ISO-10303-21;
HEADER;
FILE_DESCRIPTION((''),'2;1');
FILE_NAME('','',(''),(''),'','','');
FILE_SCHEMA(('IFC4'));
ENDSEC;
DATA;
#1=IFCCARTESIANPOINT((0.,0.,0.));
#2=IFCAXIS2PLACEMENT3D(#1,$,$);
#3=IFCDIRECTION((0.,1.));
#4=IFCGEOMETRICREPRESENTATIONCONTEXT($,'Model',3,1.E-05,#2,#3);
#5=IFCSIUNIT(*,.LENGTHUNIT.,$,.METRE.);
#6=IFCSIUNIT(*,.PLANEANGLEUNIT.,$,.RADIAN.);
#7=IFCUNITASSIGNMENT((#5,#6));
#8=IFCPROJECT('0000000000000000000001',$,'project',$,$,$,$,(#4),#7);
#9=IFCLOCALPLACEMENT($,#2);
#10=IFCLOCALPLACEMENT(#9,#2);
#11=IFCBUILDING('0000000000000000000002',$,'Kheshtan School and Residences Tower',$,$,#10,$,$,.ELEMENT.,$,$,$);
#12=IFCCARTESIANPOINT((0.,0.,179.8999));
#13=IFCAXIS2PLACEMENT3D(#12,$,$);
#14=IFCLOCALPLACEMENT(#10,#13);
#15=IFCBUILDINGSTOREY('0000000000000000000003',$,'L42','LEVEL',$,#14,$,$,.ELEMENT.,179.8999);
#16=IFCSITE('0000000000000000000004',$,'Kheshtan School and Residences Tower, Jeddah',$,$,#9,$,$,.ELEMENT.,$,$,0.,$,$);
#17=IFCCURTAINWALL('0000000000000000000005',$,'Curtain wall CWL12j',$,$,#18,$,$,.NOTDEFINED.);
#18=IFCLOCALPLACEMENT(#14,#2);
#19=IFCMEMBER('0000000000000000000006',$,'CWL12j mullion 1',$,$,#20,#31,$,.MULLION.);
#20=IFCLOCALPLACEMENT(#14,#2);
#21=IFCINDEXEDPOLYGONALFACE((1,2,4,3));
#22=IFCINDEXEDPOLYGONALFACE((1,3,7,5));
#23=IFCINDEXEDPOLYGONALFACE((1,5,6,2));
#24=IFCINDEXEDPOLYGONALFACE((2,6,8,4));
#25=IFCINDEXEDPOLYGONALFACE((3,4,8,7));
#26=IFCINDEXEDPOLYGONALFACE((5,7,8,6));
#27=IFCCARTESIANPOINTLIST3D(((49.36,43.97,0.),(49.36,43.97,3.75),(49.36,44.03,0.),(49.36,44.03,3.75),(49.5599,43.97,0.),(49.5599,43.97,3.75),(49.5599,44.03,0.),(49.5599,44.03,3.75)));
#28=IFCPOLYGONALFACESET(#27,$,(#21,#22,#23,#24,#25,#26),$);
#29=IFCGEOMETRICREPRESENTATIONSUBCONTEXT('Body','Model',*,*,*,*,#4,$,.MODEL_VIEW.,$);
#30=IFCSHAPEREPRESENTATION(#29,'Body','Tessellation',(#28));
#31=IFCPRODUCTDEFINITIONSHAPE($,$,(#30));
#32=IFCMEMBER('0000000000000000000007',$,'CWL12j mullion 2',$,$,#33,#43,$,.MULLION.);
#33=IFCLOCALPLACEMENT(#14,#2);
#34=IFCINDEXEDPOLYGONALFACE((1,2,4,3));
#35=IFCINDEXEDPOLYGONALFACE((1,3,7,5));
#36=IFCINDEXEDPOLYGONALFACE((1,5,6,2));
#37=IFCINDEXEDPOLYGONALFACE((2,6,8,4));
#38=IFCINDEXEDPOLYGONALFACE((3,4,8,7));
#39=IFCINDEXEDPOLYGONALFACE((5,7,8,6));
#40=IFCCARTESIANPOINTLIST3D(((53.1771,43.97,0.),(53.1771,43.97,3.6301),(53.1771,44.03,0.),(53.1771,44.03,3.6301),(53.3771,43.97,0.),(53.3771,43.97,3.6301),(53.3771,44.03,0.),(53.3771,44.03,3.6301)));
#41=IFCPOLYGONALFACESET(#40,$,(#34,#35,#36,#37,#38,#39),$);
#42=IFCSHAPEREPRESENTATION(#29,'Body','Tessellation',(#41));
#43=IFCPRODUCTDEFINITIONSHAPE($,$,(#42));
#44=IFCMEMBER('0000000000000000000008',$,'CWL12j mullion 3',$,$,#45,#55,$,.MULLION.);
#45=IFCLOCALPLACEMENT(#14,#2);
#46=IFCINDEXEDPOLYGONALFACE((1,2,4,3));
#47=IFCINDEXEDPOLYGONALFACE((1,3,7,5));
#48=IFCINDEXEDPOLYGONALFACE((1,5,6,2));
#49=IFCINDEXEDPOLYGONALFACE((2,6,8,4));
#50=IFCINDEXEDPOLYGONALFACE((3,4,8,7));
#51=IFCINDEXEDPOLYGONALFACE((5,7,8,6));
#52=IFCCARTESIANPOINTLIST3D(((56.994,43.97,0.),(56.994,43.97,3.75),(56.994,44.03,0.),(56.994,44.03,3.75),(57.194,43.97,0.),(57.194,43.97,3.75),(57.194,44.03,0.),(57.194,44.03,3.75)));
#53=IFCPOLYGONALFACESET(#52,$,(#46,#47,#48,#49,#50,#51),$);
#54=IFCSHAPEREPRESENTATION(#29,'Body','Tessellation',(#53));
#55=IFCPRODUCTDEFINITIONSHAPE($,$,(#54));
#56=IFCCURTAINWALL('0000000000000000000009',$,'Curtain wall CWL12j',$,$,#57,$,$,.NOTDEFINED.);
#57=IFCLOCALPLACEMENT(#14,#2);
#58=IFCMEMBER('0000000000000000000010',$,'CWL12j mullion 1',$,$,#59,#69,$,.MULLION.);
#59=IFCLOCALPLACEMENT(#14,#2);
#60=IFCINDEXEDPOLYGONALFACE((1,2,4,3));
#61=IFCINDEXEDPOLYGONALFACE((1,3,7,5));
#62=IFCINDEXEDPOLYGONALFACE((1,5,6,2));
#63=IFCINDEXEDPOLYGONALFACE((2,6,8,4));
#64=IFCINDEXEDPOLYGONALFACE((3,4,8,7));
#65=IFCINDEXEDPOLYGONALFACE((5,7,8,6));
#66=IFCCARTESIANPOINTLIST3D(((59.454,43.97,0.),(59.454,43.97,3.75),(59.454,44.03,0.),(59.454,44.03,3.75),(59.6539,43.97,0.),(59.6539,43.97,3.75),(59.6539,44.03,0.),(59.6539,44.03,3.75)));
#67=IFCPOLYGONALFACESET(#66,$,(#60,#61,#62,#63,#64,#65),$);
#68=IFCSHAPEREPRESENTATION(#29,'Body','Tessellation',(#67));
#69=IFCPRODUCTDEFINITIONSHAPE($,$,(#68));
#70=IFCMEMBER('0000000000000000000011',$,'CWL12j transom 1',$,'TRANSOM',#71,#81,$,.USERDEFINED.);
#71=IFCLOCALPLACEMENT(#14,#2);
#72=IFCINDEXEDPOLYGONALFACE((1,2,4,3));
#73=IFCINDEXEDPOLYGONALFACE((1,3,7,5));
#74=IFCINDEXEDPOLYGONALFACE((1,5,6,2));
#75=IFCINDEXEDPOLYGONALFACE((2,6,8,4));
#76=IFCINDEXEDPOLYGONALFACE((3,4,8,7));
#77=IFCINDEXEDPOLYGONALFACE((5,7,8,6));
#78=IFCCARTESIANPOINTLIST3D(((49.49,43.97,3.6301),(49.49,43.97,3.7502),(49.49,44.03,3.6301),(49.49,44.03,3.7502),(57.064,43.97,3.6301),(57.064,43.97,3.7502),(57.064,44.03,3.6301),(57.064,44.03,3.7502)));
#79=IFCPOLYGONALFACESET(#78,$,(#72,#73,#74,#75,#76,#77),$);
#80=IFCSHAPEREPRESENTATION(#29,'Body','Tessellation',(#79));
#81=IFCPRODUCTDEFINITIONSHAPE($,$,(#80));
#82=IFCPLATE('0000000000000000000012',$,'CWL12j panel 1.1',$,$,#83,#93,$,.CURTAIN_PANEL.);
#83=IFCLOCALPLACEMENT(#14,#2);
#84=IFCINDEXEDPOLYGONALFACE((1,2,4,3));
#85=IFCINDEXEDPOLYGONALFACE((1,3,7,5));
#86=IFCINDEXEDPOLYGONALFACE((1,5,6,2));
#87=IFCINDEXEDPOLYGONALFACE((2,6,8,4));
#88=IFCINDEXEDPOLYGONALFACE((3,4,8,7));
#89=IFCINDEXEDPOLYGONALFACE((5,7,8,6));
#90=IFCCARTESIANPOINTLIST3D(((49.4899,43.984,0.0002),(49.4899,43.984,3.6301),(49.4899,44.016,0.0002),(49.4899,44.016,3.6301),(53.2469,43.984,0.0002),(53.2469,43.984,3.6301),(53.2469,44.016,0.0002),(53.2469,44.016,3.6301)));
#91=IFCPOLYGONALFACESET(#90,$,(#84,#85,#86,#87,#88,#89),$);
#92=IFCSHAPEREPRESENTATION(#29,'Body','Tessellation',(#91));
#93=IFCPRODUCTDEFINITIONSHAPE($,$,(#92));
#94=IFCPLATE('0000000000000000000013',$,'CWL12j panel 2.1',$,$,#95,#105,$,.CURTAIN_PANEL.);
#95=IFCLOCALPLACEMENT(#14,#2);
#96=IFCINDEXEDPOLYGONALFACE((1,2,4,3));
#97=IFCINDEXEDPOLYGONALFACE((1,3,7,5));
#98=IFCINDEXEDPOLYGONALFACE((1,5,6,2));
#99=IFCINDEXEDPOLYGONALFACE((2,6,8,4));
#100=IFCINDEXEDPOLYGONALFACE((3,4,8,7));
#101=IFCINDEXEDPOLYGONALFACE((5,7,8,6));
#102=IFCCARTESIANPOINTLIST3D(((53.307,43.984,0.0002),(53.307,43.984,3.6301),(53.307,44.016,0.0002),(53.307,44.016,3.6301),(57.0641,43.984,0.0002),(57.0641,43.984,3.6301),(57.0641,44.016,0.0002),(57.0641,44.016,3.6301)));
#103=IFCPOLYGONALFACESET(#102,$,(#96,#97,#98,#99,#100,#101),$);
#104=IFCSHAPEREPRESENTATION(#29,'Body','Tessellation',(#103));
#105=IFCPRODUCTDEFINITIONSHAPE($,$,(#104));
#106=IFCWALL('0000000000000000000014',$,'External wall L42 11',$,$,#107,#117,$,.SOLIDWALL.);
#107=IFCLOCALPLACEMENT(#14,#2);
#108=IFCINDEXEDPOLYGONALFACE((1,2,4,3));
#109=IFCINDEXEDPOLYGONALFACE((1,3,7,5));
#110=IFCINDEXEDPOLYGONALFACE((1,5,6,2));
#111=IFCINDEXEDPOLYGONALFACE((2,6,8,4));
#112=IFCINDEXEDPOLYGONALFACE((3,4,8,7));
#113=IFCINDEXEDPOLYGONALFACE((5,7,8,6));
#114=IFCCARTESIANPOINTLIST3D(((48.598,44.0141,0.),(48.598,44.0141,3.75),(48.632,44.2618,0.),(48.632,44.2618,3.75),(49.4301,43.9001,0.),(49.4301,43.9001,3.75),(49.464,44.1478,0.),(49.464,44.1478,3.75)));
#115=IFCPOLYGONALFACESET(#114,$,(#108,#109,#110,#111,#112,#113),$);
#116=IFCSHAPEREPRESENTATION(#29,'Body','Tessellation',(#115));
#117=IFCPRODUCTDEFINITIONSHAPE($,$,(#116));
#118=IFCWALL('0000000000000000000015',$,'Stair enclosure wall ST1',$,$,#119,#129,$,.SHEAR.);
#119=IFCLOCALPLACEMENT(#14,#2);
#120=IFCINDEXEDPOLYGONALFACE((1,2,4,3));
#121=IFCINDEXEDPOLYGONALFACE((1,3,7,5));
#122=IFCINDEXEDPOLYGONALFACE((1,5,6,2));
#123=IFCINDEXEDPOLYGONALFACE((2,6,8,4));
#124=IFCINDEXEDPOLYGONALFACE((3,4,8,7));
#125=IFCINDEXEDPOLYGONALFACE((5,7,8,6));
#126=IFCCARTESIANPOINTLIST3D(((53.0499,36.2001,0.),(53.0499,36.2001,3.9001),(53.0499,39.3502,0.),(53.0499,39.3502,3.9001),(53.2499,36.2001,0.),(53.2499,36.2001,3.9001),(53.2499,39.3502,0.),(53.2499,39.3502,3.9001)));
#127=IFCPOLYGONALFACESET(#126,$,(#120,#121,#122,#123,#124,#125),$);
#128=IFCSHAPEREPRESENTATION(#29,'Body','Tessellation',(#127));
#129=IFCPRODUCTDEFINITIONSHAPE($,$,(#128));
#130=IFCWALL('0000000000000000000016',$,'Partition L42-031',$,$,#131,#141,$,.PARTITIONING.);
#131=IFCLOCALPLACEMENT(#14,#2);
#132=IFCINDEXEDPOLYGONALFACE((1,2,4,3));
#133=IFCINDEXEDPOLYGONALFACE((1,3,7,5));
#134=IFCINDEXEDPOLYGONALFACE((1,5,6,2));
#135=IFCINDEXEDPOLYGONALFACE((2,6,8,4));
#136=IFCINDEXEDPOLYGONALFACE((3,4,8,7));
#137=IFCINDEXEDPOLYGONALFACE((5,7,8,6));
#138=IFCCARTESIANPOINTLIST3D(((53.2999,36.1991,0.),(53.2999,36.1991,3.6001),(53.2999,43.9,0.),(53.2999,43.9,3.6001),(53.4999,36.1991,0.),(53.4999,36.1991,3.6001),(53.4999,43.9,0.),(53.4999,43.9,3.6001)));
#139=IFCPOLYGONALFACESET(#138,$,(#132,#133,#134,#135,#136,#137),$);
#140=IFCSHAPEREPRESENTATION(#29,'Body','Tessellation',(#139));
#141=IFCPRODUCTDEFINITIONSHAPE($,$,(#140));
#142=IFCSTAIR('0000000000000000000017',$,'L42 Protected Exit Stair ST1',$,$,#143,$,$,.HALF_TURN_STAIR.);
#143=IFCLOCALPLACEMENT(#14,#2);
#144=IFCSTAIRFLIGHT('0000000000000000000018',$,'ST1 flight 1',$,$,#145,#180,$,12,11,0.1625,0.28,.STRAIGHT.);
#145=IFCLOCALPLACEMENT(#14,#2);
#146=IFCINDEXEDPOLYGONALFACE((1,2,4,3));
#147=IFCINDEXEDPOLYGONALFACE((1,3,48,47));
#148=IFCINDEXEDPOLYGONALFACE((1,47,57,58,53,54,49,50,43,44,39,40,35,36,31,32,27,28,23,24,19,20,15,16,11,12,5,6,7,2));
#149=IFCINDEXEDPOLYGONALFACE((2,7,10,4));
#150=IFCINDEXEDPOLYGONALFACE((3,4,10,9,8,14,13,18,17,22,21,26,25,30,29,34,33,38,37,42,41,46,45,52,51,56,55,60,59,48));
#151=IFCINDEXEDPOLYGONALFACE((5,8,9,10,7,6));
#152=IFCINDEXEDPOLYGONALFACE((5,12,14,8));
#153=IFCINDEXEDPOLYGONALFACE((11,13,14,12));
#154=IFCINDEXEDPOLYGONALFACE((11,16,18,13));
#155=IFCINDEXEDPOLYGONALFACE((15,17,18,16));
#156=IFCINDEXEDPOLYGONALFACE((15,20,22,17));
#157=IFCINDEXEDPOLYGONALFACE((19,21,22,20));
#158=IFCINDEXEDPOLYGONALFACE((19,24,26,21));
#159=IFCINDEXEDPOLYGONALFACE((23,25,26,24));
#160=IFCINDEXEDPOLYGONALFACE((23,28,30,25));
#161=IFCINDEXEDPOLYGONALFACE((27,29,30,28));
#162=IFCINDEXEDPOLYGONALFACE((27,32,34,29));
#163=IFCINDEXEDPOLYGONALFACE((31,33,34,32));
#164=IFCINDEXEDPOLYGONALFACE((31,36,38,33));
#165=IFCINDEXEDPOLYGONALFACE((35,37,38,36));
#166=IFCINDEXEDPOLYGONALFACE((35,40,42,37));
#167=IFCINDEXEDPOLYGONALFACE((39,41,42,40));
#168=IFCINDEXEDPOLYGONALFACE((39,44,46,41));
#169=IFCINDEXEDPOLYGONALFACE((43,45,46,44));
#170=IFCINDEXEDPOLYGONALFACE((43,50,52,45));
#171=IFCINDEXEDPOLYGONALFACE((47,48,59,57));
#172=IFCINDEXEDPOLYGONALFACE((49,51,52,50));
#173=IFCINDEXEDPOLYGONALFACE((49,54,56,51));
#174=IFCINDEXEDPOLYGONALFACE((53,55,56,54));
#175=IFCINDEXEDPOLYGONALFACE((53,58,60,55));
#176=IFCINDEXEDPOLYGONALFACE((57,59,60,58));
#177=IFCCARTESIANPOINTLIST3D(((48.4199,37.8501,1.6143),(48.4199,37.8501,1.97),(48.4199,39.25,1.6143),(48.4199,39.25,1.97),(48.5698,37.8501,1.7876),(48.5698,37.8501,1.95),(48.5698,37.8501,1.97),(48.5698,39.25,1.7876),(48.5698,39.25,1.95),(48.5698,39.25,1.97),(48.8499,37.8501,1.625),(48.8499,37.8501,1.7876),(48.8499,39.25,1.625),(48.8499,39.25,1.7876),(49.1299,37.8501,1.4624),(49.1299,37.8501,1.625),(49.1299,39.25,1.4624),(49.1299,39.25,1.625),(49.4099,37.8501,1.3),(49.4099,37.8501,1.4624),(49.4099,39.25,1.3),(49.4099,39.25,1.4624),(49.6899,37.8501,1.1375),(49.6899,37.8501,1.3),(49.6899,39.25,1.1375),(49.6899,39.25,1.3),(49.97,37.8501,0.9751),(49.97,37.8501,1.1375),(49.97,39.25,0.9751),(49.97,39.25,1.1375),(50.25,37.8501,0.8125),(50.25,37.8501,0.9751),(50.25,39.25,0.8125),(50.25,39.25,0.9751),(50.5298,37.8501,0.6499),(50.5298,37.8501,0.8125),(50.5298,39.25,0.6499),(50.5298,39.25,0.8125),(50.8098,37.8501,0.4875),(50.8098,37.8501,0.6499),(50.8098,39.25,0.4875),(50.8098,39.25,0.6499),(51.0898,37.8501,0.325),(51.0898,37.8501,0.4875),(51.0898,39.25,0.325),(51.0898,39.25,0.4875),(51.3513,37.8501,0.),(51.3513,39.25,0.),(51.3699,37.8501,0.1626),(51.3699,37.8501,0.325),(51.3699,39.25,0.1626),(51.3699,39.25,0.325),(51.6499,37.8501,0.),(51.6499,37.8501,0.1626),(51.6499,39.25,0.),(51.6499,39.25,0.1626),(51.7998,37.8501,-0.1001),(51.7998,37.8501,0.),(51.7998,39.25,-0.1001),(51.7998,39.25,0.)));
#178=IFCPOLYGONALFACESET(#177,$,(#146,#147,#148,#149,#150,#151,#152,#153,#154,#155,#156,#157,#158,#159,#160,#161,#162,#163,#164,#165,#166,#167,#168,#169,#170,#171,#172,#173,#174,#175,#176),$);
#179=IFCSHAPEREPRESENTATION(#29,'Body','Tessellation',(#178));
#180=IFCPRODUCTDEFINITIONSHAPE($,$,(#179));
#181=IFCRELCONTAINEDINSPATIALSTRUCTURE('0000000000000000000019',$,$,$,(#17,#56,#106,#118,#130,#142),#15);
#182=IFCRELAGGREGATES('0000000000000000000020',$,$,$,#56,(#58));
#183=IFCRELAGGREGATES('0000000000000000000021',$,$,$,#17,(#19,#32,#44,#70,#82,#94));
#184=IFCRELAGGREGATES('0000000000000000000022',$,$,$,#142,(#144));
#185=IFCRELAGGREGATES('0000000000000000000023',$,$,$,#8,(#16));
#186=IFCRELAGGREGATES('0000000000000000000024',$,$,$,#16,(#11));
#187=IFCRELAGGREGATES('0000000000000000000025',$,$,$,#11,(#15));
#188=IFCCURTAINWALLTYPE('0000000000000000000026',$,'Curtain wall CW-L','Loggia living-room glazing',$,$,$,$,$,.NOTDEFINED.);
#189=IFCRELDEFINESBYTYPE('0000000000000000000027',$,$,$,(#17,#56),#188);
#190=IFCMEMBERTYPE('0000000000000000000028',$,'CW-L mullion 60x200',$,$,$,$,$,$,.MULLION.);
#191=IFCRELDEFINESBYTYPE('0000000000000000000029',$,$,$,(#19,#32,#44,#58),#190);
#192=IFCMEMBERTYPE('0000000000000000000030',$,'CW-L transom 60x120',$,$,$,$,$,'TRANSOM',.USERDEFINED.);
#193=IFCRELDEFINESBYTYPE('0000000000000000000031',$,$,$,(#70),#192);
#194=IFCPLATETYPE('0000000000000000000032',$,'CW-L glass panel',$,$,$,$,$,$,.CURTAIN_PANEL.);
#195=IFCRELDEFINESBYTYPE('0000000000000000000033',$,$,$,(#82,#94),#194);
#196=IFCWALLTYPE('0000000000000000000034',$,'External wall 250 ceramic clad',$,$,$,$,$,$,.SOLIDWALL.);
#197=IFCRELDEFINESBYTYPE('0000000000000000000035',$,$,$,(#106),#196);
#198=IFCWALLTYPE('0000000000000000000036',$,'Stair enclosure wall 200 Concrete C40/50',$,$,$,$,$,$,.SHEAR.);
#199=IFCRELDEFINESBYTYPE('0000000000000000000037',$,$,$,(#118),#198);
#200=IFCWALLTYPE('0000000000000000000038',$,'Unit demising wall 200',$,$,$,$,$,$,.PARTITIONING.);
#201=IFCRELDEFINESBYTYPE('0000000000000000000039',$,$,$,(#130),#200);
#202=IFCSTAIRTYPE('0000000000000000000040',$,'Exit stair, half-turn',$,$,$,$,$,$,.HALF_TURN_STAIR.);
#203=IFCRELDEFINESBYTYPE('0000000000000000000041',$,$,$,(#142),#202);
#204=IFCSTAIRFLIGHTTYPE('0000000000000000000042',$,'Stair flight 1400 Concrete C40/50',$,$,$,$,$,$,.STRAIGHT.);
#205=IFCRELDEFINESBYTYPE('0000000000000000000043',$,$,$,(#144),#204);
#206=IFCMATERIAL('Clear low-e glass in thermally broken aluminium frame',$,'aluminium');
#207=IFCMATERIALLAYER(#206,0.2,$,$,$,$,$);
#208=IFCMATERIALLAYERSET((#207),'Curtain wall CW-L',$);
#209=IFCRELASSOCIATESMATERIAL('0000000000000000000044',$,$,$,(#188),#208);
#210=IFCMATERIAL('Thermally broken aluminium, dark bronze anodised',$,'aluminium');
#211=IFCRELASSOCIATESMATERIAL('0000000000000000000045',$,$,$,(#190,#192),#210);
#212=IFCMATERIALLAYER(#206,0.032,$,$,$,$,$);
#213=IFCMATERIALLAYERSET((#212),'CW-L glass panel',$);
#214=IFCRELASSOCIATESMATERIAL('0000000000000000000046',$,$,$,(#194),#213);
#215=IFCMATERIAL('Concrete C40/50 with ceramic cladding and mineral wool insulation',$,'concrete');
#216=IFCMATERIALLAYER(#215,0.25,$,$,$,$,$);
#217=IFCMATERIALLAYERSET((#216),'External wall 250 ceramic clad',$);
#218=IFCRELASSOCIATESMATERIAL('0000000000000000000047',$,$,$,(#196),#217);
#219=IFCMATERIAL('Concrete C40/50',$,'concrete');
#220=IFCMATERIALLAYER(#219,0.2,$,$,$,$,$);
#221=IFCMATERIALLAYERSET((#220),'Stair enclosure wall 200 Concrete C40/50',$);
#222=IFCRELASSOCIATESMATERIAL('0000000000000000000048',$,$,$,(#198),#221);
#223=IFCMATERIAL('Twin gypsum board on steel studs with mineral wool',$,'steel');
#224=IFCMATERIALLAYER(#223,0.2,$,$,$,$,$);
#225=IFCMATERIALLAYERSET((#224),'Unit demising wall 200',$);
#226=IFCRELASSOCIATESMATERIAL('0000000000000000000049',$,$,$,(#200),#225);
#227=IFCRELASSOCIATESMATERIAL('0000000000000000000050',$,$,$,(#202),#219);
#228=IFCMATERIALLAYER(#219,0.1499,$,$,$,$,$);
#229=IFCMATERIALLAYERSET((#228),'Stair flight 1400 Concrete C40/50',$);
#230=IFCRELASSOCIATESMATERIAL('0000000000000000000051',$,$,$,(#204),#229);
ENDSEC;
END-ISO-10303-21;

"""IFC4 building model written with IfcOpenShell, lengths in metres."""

from ifc_helpers import new_model, si_unit, direction, frame, frame_2d, origin, origin_2d, place, context, subcontext, project, spatial, polyline, rectangle, outline, extrude, material, layer, layer_set, material_profile, profile_set, type_object, element, aggregate, save


model = new_model("IFC4")

# Units and contexts
model_context = context("Model", 3, precision=1e-05, world=origin(), true_north=direction((0.0, 1.0)))
body_context = subcontext(model_context, "Body", "Model", "MODEL_VIEW")
ifc_project = project(units=[si_unit("LENGTHUNIT", "METRE"), si_unit("PLANEANGLEUNIT", "RADIAN")], contexts=[model_context])

# Site, building, storey
site_placement = place(None, origin())
site = spatial("IfcSite", under=ifc_project, at=site_placement, Name="Kheshtan School and Residences Tower, Jeddah", CompositionType="ELEMENT", RefElevation=0.0)
building_placement = place(site_placement, origin())
building = spatial("IfcBuilding", under=site, at=building_placement, Name="Kheshtan School and Residences Tower", CompositionType="ELEMENT")
storey_placement = place(building_placement, frame((0.0, 0.0, 179.8999)))
storey = spatial("IfcBuildingStorey", under=building, at=storey_placement, Name="L42", Description="LEVEL", CompositionType="ELEMENT", Elevation=179.8999)

# Curtain wall, members
ifc_material_1 = material(Name="Clear low-e glass in thermally broken aluminium frame", Category="aluminium")
ifc_layer_1 = layer(ifc_material_1, 0.2)
ifc_layer_set_1 = layer_set([ifc_layer_1], Name="Curtain wall CW-L")
curtain_wall_type = type_object("IfcCurtainWallType", Name="Curtain wall CW-L", Description="Loggia living-room glazing", PredefinedType="NOTDEFINED", material=ifc_layer_set_1)
curtain_wall_1_placement = place(storey_placement, origin())
curtain_wall_1 = element("IfcCurtainWall", 1, at=curtain_wall_1_placement, inside=storey, type_object=curtain_wall_type, Name="Curtain wall CWL12j", PredefinedType="NOTDEFINED")
ifc_material_2 = material(Name="Thermally broken aluminium, dark bronze anodised", Category="aluminium")
ifc_material_profile_1 = material_profile(ifc_material_2, rectangle(XDim=0.0601, YDim=0.2, at=origin_2d()), Name="CW-L mullion 60x200")
ifc_profile_set_1 = profile_set([ifc_material_profile_1], Name="Thermally broken aluminium, dark bronze anodised")
member_type_1 = type_object("IfcMemberType", Name="CW-L mullion 60x200", PredefinedType="MULLION", material=ifc_profile_set_1)
member_1_placement = place(storey_placement, frame((49.46, 44.0, 0.0), z_axis=(0.0, 0.0, 1.0), x_axis=(0.0, 1.0, 0.0)))
member_1 = element("IfcMember", 2, at=member_1_placement, type_object=member_type_1, Name="CWL12j mullion 1", PredefinedType="MULLION", context=body_context, shape_type="SweptSolid", body=[
    extrude(rectangle(XDim=0.0601, YDim=0.2, at=origin_2d()), origin(), (0.0, 0.0, 1.0), 3.75),
])
member_2_placement = place(storey_placement, frame((53.2771, 44.0, 0.0), z_axis=(0.0, 0.0, 1.0), x_axis=(0.0, 1.0, 0.0)))
member_2 = element("IfcMember", 3, at=member_2_placement, type_object=member_type_1, Name="CWL12j mullion 2", PredefinedType="MULLION", context=body_context, shape_type="SweptSolid", body=[
    extrude(rectangle(XDim=0.0601, YDim=0.2, at=origin_2d()), origin(), (0.0, 0.0, 1.0), 3.6301),
])
member_3_placement = place(storey_placement, frame((57.094, 44.0, 0.0), z_axis=(0.0, 0.0, 1.0), x_axis=(0.0, 1.0, 0.0)))
member_3 = element("IfcMember", 4, at=member_3_placement, type_object=member_type_1, Name="CWL12j mullion 3", PredefinedType="MULLION", context=body_context, shape_type="SweptSolid", body=[
    extrude(rectangle(XDim=0.0601, YDim=0.2, at=origin_2d()), origin(), (0.0, 0.0, 1.0), 3.75),
])

# Curtain wall, member
curtain_wall_2_placement = place(storey_placement, origin())
curtain_wall_2 = element("IfcCurtainWall", 5, at=curtain_wall_2_placement, inside=storey, type_object=curtain_wall_type, Name="Curtain wall CWL12j", PredefinedType="NOTDEFINED")
member_4_placement = place(storey_placement, frame((59.554, 44.0, 0.0), z_axis=(0.0, 0.0, 1.0), x_axis=(0.0, 1.0, 0.0)))
member_4 = element("IfcMember", 6, at=member_4_placement, type_object=member_type_1, Name="CWL12j mullion 1", PredefinedType="MULLION", context=body_context, shape_type="SweptSolid", body=[
    extrude(rectangle(XDim=0.0601, YDim=0.2, at=origin_2d()), origin(), (0.0, 0.0, 1.0), 3.75),
])
aggregate(curtain_wall_2, [member_4])

# Member
ifc_material_profile_2 = material_profile(ifc_material_2, rectangle(XDim=0.0601, YDim=0.1201, at=origin_2d()), Name="CW-L transom 60x120")
ifc_profile_set_2 = profile_set([ifc_material_profile_2], Name="Thermally broken aluminium, dark bronze anodised")
member_type_2 = type_object("IfcMemberType", Name="CW-L transom 60x120", ElementType="TRANSOM", PredefinedType="USERDEFINED", material=ifc_profile_set_2)
member_5_placement = place(storey_placement, frame((49.49, 44.0, 3.6902), z_axis=(1.0, 0.0, 0.0), x_axis=(0.0, 1.0, 0.0)))
member_5 = element("IfcMember", 7, at=member_5_placement, type_object=member_type_2, Name="CWL12j transom 1", ObjectType="TRANSOM", PredefinedType="USERDEFINED", context=body_context, shape_type="SweptSolid", body=[
    extrude(rectangle(XDim=0.0601, YDim=0.1201, at=origin_2d()), origin(), (0.0, 0.0, 1.0), 7.574),
])

# Plates
ifc_layer_2 = layer(ifc_material_1, 0.032)
ifc_layer_set_2 = layer_set([ifc_layer_2], Name="CW-L glass panel")
plate_type = type_object("IfcPlateType", Name="CW-L glass panel", PredefinedType="CURTAIN_PANEL", material=ifc_layer_set_2)
plate_1_placement = place(storey_placement, frame((51.3684, 44.0, 0.0002), z_axis=(0.0, 0.0, 1.0), x_axis=(1.0, 0.0, 0.0)))
plate_1 = element("IfcPlate", 8, at=plate_1_placement, type_object=plate_type, Name="CWL12j panel 1.1", PredefinedType="CURTAIN_PANEL", context=body_context, shape_type="SweptSolid", body=[
    extrude(rectangle(XDim=3.7571, YDim=0.032, at=origin_2d()), origin(), (0.0, 0.0, 1.0), 3.6299),
])
plate_2_placement = place(storey_placement, frame((55.1855, 44.0, 0.0002), z_axis=(0.0, 0.0, 1.0), x_axis=(1.0, 0.0, 0.0)))
plate_2 = element("IfcPlate", 9, at=plate_2_placement, type_object=plate_type, Name="CWL12j panel 2.1", PredefinedType="CURTAIN_PANEL", context=body_context, shape_type="SweptSolid", body=[
    extrude(rectangle(XDim=3.7571, YDim=0.032, at=origin_2d()), origin(), (0.0, 0.0, 1.0), 3.6299),
])
aggregate(curtain_wall_1, [member_1, member_2, member_3, member_5, plate_1, plate_2])

# Wall
ifc_material_3 = material(Name="Concrete C40/50 with ceramic cladding and mineral wool insulation", Category="concrete")
ifc_layer_3 = layer(ifc_material_3, 0.25)
ifc_layer_set_3 = layer_set([ifc_layer_3], Name="External wall 250 ceramic clad")
wall_type_1 = type_object("IfcWallType", Name="External wall 250 ceramic clad", PredefinedType="SOLIDWALL", material=ifc_layer_set_3)
wall_1_placement = place(storey_placement, frame((48.615, 44.1379, 0.0), z_axis=(0.0, 0.0, 1.0), x_axis=(0.990742, -0.135762, 0.0)))
element("IfcWall", 10, at=wall_1_placement, inside=storey, type_object=wall_type_1, Name="External wall L42 11", PredefinedType="SOLIDWALL", context=body_context, shape_type="SweptSolid", body=[
    extrude(rectangle(XDim=0.8398, YDim=0.25, at=frame_2d((0.4199, 0.0))), origin(), (0.0, 0.0, 1.0), 3.75),
])

# Walls
ifc_material_4 = material(Name="Concrete C40/50", Category="concrete")
ifc_layer_4 = layer(ifc_material_4, 0.2)
ifc_layer_set_4 = layer_set([ifc_layer_4], Name="Stair enclosure wall 200 Concrete C40/50")
wall_type_2 = type_object("IfcWallType", Name="Stair enclosure wall 200 Concrete C40/50", PredefinedType="SHEAR", material=ifc_layer_set_4)
wall_2_placement = place(storey_placement, frame((53.1499, 36.2, 0.0), z_axis=(0.0, 0.0, 1.0), x_axis=(0.0, 1.0, 0.0)))
element("IfcWall", 11, at=wall_2_placement, inside=storey, type_object=wall_type_2, Name="Stair enclosure wall ST1", PredefinedType="SHEAR", context=body_context, shape_type="SweptSolid", body=[
    extrude(rectangle(XDim=3.1501, YDim=0.2, at=frame_2d((1.5752, 0.0))), origin(), (0.0, 0.0, 1.0), 3.9001),
])
ifc_material_5 = material(Name="Twin gypsum board on steel studs with mineral wool", Category="steel")
ifc_layer_5 = layer(ifc_material_5, 0.2)
ifc_layer_set_5 = layer_set([ifc_layer_5], Name="Unit demising wall 200")
wall_type_3 = type_object("IfcWallType", Name="Unit demising wall 200", PredefinedType="PARTITIONING", material=ifc_layer_set_5)
wall_3_placement = place(storey_placement, frame((53.3999, 36.199, 0.0), z_axis=(0.0, 0.0, 1.0), x_axis=(0.0, 1.0, 0.0)))
element("IfcWall", 12, at=wall_3_placement, inside=storey, type_object=wall_type_3, Name="Partition L42-031", PredefinedType="PARTITIONING", context=body_context, shape_type="SweptSolid", body=[
    extrude(rectangle(XDim=7.7009, YDim=0.2, at=frame_2d((3.8506, 0.0))), origin(), (0.0, 0.0, 1.0), 3.6001),
])

# Stair, stair flight
stair_type = type_object("IfcStairType", Name="Exit stair, half-turn", PredefinedType="HALF_TURN_STAIR", material=ifc_material_4)
stair_placement = place(storey_placement, origin())
stair = element("IfcStair", 13, at=stair_placement, inside=storey, type_object=stair_type, Name="L42 Protected Exit Stair ST1", PredefinedType="HALF_TURN_STAIR")
ifc_layer_6 = layer(ifc_material_4, 0.1499)
ifc_layer_set_6 = layer_set([ifc_layer_6], Name="Stair flight 1400 Concrete C40/50")
stair_flight_type = type_object("IfcStairFlightType", Name="Stair flight 1400 Concrete C40/50", PredefinedType="STRAIGHT", material=ifc_layer_set_6)
stair_flight_1_placement = place(storey_placement, frame((51.6499, 38.55, 0.0), z_axis=(0.0, 0.0, 1.0), x_axis=(-1.0, 0.0, 0.0)))
stair_flight_1 = element("IfcStairFlight", 14, at=stair_flight_1_placement, type_object=stair_flight_type, Name="ST1 flight 1", NumberOfRisers=12, NumberOfTreads=11, PredefinedType="STRAIGHT", RiserHeight=0.1625, TreadLength=0.28, context=body_context, shape_type="SweptSolid", body=[
    extrude(outline(polyline([(-0.1499, -0.1001), (-0.1499, 0.0), (0.0, 0.0), (0.0, 0.1626), (0.28, 0.1626), (0.28, 0.325), (0.5601, 0.325), (0.5601, 0.4875), (0.8401, 0.4875), (0.8401, 0.6499), (1.1201, 0.6499), (1.1201, 0.8125), (1.3999, 0.8125), (1.3999, 0.9751), (1.6799, 0.9751), (1.6799, 1.1375), (1.96, 1.1375), (1.96, 1.3), (2.24, 1.3), (2.24, 1.4624), (2.52, 1.4624), (2.52, 1.625), (2.8, 1.625), (2.8, 1.7876), (3.0801, 1.7876), (3.0801, 1.95), (3.0801, 1.97), (3.23, 1.97), (3.23, 1.6143), (0.2986, 0.0), (-0.1499, -0.1001)])), frame((0.0, 0.7, 0.0), z_axis=(0.0, -1.0, 0.0), x_axis=(1.0, 0.0, 0.0)), (0.0, 0.0, 1.0), 1.3999),
])
aggregate(stair, [stair_flight_1])

save(model, "model.ifc")
